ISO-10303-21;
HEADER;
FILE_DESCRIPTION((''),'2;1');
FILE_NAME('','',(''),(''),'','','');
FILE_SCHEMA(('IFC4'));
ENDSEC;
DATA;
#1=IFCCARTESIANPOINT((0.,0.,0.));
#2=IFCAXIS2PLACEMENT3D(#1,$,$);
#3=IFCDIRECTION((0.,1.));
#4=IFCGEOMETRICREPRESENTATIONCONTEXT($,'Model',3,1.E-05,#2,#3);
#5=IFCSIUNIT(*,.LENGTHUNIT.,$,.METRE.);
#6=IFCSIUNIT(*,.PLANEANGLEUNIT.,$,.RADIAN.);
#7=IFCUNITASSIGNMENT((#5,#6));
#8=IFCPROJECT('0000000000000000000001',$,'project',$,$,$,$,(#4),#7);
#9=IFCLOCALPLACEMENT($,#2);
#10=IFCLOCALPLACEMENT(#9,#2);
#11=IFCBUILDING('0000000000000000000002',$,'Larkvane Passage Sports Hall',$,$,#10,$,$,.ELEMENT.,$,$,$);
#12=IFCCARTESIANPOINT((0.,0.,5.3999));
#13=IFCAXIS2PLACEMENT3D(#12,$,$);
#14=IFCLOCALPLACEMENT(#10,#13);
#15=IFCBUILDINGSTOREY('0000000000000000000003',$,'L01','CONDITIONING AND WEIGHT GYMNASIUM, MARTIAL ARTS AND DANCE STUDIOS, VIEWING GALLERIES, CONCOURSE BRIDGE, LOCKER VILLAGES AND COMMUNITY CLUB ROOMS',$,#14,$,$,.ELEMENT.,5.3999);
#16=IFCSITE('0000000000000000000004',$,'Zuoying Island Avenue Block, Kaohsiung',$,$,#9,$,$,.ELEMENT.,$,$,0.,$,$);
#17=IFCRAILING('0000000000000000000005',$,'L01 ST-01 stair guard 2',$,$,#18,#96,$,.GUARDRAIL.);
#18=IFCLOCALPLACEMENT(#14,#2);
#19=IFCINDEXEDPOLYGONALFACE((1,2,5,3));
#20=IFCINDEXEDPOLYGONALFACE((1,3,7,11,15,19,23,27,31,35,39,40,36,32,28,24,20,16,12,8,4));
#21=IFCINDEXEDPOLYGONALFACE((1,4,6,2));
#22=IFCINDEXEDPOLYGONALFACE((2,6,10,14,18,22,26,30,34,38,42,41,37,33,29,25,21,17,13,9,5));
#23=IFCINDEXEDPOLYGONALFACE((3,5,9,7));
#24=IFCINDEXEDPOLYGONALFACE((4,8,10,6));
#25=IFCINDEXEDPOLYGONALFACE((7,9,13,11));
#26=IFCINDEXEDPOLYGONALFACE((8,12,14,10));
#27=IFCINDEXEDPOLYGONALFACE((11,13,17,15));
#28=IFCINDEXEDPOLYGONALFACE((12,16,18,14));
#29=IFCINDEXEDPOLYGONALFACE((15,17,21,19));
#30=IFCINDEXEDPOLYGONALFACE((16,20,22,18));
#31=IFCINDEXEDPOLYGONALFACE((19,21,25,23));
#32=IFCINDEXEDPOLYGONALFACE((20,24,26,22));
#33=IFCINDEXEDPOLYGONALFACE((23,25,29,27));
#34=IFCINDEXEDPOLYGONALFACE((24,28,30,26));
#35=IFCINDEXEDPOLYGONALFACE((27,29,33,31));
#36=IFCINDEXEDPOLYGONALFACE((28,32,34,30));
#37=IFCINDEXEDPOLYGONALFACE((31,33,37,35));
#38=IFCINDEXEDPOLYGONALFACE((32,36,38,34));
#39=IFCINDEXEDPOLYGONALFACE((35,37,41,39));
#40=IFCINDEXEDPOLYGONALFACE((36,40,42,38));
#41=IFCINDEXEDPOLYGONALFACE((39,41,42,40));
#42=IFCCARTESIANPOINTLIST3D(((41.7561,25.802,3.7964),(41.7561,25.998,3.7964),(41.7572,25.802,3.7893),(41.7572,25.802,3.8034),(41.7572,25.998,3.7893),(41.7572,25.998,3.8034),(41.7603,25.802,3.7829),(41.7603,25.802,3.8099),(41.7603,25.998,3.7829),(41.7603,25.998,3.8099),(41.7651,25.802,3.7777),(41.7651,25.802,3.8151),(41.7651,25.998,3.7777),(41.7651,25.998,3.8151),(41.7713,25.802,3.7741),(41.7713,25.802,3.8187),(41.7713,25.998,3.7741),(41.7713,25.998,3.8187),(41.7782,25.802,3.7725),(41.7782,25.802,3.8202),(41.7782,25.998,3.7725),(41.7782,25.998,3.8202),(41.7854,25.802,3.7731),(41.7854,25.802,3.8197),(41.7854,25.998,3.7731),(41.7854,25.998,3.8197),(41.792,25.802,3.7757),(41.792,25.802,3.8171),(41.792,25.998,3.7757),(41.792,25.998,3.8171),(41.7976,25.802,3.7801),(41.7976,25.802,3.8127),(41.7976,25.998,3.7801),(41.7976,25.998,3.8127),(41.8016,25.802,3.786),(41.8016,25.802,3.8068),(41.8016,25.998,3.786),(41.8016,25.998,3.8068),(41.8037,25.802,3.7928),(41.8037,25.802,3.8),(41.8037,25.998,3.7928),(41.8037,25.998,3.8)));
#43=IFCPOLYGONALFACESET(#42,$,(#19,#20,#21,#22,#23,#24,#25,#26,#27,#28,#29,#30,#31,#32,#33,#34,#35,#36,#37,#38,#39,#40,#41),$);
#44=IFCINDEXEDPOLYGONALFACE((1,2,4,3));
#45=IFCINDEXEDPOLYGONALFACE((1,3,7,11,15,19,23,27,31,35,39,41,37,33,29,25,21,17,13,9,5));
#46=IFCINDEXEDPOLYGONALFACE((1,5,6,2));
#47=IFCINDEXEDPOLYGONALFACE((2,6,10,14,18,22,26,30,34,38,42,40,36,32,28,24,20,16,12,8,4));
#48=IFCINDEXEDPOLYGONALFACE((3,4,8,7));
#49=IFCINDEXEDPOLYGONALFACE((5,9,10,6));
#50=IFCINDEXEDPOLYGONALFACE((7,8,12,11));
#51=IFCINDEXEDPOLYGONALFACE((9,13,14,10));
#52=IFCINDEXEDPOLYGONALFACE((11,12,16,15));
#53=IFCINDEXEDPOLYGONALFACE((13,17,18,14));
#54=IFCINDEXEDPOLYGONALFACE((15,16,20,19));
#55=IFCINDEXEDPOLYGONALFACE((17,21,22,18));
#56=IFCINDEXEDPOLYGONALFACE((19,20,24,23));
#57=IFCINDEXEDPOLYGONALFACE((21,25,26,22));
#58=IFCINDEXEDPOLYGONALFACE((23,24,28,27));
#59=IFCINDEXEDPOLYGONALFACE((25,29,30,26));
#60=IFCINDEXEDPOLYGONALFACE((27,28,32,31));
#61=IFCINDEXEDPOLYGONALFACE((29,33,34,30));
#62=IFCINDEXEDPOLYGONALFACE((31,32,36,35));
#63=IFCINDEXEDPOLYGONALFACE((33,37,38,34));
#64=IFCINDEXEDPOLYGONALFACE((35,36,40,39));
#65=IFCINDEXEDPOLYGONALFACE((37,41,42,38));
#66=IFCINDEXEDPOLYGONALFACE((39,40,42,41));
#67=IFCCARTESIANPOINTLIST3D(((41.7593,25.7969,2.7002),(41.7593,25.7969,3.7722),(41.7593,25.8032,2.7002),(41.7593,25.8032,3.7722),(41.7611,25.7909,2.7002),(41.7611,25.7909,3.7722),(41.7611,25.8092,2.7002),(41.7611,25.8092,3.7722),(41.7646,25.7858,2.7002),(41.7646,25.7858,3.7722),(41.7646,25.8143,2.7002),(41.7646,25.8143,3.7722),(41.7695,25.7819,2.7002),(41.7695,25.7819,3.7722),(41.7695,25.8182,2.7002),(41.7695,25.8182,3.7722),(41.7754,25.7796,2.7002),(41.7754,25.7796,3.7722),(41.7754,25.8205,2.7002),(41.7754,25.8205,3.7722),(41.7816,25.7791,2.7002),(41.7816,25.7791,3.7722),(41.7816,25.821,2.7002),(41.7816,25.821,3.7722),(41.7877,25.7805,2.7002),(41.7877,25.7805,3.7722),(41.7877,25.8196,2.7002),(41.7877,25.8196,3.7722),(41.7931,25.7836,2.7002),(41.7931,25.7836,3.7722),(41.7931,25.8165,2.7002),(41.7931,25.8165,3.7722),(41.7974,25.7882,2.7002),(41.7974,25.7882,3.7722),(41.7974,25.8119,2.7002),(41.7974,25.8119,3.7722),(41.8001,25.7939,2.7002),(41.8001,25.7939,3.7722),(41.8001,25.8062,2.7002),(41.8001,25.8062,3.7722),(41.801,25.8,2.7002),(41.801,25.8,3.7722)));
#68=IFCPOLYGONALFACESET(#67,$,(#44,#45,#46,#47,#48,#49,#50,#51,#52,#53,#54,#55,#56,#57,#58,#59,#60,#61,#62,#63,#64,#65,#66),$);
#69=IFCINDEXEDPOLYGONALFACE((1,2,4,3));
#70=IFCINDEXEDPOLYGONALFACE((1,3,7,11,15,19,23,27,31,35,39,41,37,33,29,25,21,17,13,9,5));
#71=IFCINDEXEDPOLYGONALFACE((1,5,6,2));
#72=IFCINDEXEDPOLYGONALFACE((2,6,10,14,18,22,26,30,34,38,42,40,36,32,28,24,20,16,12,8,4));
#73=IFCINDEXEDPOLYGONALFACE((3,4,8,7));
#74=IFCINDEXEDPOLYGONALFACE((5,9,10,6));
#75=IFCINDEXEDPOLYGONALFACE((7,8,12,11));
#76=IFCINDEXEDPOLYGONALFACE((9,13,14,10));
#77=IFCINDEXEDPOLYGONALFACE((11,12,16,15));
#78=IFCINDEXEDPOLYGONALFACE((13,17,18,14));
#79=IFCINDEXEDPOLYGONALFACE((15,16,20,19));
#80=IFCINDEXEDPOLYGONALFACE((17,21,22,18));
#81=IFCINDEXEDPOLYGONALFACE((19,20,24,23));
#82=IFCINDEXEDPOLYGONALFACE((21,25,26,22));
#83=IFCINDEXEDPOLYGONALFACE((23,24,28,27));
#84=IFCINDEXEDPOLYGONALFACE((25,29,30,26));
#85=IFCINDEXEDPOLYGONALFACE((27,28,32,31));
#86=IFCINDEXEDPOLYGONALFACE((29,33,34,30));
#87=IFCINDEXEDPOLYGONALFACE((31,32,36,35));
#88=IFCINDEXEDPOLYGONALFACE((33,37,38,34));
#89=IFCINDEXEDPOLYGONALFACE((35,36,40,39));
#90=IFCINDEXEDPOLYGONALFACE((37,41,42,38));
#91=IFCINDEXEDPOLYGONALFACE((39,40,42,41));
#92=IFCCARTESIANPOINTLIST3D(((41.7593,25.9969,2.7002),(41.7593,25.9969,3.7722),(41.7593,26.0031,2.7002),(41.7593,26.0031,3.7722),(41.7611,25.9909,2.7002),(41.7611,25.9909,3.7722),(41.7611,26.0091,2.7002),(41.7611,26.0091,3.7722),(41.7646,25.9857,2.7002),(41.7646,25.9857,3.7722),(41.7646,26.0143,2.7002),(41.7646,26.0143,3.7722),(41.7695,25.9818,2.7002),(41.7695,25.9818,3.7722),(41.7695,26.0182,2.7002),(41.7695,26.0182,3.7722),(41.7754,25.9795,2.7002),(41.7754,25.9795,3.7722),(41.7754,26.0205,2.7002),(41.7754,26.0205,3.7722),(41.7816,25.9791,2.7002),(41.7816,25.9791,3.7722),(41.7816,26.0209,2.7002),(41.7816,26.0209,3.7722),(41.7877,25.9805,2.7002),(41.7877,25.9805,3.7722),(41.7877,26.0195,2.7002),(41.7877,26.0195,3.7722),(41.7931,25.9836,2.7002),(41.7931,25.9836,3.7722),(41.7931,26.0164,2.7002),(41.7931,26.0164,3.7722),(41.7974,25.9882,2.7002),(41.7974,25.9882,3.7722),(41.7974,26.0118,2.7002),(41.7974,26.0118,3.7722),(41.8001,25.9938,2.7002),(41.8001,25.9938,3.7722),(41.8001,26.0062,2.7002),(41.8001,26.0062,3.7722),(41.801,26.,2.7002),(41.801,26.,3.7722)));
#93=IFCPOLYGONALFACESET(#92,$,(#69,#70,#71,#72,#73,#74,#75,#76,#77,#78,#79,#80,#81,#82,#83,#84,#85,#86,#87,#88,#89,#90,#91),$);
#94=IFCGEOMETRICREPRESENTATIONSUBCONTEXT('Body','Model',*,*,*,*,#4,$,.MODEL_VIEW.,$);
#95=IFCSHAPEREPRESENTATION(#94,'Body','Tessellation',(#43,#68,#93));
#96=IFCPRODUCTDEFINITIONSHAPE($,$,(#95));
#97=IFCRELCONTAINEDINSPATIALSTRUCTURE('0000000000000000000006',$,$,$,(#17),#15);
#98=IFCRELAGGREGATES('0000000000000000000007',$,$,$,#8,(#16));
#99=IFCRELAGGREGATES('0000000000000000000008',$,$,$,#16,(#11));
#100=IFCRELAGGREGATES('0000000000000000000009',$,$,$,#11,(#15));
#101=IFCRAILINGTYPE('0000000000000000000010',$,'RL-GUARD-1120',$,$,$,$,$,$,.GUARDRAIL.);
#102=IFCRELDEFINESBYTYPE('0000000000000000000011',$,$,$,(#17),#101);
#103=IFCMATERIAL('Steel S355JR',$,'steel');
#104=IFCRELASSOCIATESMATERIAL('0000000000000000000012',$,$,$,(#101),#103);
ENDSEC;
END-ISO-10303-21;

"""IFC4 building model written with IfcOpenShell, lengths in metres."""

from ifc_helpers import new_model, si_unit, direction, frame, origin, origin_2d, place, context, subcontext, project, spatial, circle, extrude, material, type_object, element, save


model = new_model("IFC4")

# Units and contexts
model_context = context("Model", 3, precision=1e-05, world=origin(), true_north=direction((0.0, 1.0)))
body_context = subcontext(model_context, "Body", "Model", "MODEL_VIEW")
ifc_project = project(units=[si_unit("LENGTHUNIT", "METRE"), si_unit("PLANEANGLEUNIT", "RADIAN")], contexts=[model_context])

# Site, building, storey
site_placement = place(None, origin())
site = spatial("IfcSite", under=ifc_project, at=site_placement, Name="Zuoying Island Avenue Block, Kaohsiung", CompositionType="ELEMENT", RefElevation=0.0)
building_placement = place(site_placement, origin())
building = spatial("IfcBuilding", under=site, at=building_placement, Name="Larkvane Passage Sports Hall", CompositionType="ELEMENT")
storey_placement = place(building_placement, frame((0.0, 0.0, 5.3999)))
storey = spatial("IfcBuildingStorey", under=building, at=storey_placement, Name="L01", Description="CONDITIONING AND WEIGHT GYMNASIUM, MARTIAL ARTS AND DANCE STUDIOS, VIEWING GALLERIES, CONCOURSE BRIDGE, LOCKER VILLAGES AND COMMUNITY CLUB ROOMS", CompositionType="ELEMENT", Elevation=5.3999)

# Shared definitions
ifc_material_1 = material(Name="Steel S355JR", Category="steel")

# Railing
railing_type_1 = type_object("IfcRailingType", Name="RL-GUARD-1120", PredefinedType="GUARDRAIL", material=ifc_material_1)
railing_1_placement = place(storey_placement, frame((41.78, 25.8, 2.7002)))
element("IfcRailing", 1, at=railing_1_placement, inside=storey, type_object=railing_type_1, Name="L01 ST-01 stair guard 2", PredefinedType="GUARDRAIL", context=body_context, shape_type="SweptSolid", body=[
    extrude(circle(Radius=0.0239, at=origin_2d()), frame((0.0, 0.002, 1.0962), z_axis=(0.0, 1.0, 0.0), x_axis=(-1.0, 0.0, 0.0)), (0.0, 0.0, 1.0), 0.196),
    extrude(circle(Radius=0.021, at=origin_2d()), origin(), (0.0, 0.0, 1.0), 1.072),
    extrude(circle(Radius=0.021, at=origin_2d()), frame((0.0, 0.2, 0.0)), (0.0, 0.0, 1.0), 1.072),
])

save(model, "model.ifc")
